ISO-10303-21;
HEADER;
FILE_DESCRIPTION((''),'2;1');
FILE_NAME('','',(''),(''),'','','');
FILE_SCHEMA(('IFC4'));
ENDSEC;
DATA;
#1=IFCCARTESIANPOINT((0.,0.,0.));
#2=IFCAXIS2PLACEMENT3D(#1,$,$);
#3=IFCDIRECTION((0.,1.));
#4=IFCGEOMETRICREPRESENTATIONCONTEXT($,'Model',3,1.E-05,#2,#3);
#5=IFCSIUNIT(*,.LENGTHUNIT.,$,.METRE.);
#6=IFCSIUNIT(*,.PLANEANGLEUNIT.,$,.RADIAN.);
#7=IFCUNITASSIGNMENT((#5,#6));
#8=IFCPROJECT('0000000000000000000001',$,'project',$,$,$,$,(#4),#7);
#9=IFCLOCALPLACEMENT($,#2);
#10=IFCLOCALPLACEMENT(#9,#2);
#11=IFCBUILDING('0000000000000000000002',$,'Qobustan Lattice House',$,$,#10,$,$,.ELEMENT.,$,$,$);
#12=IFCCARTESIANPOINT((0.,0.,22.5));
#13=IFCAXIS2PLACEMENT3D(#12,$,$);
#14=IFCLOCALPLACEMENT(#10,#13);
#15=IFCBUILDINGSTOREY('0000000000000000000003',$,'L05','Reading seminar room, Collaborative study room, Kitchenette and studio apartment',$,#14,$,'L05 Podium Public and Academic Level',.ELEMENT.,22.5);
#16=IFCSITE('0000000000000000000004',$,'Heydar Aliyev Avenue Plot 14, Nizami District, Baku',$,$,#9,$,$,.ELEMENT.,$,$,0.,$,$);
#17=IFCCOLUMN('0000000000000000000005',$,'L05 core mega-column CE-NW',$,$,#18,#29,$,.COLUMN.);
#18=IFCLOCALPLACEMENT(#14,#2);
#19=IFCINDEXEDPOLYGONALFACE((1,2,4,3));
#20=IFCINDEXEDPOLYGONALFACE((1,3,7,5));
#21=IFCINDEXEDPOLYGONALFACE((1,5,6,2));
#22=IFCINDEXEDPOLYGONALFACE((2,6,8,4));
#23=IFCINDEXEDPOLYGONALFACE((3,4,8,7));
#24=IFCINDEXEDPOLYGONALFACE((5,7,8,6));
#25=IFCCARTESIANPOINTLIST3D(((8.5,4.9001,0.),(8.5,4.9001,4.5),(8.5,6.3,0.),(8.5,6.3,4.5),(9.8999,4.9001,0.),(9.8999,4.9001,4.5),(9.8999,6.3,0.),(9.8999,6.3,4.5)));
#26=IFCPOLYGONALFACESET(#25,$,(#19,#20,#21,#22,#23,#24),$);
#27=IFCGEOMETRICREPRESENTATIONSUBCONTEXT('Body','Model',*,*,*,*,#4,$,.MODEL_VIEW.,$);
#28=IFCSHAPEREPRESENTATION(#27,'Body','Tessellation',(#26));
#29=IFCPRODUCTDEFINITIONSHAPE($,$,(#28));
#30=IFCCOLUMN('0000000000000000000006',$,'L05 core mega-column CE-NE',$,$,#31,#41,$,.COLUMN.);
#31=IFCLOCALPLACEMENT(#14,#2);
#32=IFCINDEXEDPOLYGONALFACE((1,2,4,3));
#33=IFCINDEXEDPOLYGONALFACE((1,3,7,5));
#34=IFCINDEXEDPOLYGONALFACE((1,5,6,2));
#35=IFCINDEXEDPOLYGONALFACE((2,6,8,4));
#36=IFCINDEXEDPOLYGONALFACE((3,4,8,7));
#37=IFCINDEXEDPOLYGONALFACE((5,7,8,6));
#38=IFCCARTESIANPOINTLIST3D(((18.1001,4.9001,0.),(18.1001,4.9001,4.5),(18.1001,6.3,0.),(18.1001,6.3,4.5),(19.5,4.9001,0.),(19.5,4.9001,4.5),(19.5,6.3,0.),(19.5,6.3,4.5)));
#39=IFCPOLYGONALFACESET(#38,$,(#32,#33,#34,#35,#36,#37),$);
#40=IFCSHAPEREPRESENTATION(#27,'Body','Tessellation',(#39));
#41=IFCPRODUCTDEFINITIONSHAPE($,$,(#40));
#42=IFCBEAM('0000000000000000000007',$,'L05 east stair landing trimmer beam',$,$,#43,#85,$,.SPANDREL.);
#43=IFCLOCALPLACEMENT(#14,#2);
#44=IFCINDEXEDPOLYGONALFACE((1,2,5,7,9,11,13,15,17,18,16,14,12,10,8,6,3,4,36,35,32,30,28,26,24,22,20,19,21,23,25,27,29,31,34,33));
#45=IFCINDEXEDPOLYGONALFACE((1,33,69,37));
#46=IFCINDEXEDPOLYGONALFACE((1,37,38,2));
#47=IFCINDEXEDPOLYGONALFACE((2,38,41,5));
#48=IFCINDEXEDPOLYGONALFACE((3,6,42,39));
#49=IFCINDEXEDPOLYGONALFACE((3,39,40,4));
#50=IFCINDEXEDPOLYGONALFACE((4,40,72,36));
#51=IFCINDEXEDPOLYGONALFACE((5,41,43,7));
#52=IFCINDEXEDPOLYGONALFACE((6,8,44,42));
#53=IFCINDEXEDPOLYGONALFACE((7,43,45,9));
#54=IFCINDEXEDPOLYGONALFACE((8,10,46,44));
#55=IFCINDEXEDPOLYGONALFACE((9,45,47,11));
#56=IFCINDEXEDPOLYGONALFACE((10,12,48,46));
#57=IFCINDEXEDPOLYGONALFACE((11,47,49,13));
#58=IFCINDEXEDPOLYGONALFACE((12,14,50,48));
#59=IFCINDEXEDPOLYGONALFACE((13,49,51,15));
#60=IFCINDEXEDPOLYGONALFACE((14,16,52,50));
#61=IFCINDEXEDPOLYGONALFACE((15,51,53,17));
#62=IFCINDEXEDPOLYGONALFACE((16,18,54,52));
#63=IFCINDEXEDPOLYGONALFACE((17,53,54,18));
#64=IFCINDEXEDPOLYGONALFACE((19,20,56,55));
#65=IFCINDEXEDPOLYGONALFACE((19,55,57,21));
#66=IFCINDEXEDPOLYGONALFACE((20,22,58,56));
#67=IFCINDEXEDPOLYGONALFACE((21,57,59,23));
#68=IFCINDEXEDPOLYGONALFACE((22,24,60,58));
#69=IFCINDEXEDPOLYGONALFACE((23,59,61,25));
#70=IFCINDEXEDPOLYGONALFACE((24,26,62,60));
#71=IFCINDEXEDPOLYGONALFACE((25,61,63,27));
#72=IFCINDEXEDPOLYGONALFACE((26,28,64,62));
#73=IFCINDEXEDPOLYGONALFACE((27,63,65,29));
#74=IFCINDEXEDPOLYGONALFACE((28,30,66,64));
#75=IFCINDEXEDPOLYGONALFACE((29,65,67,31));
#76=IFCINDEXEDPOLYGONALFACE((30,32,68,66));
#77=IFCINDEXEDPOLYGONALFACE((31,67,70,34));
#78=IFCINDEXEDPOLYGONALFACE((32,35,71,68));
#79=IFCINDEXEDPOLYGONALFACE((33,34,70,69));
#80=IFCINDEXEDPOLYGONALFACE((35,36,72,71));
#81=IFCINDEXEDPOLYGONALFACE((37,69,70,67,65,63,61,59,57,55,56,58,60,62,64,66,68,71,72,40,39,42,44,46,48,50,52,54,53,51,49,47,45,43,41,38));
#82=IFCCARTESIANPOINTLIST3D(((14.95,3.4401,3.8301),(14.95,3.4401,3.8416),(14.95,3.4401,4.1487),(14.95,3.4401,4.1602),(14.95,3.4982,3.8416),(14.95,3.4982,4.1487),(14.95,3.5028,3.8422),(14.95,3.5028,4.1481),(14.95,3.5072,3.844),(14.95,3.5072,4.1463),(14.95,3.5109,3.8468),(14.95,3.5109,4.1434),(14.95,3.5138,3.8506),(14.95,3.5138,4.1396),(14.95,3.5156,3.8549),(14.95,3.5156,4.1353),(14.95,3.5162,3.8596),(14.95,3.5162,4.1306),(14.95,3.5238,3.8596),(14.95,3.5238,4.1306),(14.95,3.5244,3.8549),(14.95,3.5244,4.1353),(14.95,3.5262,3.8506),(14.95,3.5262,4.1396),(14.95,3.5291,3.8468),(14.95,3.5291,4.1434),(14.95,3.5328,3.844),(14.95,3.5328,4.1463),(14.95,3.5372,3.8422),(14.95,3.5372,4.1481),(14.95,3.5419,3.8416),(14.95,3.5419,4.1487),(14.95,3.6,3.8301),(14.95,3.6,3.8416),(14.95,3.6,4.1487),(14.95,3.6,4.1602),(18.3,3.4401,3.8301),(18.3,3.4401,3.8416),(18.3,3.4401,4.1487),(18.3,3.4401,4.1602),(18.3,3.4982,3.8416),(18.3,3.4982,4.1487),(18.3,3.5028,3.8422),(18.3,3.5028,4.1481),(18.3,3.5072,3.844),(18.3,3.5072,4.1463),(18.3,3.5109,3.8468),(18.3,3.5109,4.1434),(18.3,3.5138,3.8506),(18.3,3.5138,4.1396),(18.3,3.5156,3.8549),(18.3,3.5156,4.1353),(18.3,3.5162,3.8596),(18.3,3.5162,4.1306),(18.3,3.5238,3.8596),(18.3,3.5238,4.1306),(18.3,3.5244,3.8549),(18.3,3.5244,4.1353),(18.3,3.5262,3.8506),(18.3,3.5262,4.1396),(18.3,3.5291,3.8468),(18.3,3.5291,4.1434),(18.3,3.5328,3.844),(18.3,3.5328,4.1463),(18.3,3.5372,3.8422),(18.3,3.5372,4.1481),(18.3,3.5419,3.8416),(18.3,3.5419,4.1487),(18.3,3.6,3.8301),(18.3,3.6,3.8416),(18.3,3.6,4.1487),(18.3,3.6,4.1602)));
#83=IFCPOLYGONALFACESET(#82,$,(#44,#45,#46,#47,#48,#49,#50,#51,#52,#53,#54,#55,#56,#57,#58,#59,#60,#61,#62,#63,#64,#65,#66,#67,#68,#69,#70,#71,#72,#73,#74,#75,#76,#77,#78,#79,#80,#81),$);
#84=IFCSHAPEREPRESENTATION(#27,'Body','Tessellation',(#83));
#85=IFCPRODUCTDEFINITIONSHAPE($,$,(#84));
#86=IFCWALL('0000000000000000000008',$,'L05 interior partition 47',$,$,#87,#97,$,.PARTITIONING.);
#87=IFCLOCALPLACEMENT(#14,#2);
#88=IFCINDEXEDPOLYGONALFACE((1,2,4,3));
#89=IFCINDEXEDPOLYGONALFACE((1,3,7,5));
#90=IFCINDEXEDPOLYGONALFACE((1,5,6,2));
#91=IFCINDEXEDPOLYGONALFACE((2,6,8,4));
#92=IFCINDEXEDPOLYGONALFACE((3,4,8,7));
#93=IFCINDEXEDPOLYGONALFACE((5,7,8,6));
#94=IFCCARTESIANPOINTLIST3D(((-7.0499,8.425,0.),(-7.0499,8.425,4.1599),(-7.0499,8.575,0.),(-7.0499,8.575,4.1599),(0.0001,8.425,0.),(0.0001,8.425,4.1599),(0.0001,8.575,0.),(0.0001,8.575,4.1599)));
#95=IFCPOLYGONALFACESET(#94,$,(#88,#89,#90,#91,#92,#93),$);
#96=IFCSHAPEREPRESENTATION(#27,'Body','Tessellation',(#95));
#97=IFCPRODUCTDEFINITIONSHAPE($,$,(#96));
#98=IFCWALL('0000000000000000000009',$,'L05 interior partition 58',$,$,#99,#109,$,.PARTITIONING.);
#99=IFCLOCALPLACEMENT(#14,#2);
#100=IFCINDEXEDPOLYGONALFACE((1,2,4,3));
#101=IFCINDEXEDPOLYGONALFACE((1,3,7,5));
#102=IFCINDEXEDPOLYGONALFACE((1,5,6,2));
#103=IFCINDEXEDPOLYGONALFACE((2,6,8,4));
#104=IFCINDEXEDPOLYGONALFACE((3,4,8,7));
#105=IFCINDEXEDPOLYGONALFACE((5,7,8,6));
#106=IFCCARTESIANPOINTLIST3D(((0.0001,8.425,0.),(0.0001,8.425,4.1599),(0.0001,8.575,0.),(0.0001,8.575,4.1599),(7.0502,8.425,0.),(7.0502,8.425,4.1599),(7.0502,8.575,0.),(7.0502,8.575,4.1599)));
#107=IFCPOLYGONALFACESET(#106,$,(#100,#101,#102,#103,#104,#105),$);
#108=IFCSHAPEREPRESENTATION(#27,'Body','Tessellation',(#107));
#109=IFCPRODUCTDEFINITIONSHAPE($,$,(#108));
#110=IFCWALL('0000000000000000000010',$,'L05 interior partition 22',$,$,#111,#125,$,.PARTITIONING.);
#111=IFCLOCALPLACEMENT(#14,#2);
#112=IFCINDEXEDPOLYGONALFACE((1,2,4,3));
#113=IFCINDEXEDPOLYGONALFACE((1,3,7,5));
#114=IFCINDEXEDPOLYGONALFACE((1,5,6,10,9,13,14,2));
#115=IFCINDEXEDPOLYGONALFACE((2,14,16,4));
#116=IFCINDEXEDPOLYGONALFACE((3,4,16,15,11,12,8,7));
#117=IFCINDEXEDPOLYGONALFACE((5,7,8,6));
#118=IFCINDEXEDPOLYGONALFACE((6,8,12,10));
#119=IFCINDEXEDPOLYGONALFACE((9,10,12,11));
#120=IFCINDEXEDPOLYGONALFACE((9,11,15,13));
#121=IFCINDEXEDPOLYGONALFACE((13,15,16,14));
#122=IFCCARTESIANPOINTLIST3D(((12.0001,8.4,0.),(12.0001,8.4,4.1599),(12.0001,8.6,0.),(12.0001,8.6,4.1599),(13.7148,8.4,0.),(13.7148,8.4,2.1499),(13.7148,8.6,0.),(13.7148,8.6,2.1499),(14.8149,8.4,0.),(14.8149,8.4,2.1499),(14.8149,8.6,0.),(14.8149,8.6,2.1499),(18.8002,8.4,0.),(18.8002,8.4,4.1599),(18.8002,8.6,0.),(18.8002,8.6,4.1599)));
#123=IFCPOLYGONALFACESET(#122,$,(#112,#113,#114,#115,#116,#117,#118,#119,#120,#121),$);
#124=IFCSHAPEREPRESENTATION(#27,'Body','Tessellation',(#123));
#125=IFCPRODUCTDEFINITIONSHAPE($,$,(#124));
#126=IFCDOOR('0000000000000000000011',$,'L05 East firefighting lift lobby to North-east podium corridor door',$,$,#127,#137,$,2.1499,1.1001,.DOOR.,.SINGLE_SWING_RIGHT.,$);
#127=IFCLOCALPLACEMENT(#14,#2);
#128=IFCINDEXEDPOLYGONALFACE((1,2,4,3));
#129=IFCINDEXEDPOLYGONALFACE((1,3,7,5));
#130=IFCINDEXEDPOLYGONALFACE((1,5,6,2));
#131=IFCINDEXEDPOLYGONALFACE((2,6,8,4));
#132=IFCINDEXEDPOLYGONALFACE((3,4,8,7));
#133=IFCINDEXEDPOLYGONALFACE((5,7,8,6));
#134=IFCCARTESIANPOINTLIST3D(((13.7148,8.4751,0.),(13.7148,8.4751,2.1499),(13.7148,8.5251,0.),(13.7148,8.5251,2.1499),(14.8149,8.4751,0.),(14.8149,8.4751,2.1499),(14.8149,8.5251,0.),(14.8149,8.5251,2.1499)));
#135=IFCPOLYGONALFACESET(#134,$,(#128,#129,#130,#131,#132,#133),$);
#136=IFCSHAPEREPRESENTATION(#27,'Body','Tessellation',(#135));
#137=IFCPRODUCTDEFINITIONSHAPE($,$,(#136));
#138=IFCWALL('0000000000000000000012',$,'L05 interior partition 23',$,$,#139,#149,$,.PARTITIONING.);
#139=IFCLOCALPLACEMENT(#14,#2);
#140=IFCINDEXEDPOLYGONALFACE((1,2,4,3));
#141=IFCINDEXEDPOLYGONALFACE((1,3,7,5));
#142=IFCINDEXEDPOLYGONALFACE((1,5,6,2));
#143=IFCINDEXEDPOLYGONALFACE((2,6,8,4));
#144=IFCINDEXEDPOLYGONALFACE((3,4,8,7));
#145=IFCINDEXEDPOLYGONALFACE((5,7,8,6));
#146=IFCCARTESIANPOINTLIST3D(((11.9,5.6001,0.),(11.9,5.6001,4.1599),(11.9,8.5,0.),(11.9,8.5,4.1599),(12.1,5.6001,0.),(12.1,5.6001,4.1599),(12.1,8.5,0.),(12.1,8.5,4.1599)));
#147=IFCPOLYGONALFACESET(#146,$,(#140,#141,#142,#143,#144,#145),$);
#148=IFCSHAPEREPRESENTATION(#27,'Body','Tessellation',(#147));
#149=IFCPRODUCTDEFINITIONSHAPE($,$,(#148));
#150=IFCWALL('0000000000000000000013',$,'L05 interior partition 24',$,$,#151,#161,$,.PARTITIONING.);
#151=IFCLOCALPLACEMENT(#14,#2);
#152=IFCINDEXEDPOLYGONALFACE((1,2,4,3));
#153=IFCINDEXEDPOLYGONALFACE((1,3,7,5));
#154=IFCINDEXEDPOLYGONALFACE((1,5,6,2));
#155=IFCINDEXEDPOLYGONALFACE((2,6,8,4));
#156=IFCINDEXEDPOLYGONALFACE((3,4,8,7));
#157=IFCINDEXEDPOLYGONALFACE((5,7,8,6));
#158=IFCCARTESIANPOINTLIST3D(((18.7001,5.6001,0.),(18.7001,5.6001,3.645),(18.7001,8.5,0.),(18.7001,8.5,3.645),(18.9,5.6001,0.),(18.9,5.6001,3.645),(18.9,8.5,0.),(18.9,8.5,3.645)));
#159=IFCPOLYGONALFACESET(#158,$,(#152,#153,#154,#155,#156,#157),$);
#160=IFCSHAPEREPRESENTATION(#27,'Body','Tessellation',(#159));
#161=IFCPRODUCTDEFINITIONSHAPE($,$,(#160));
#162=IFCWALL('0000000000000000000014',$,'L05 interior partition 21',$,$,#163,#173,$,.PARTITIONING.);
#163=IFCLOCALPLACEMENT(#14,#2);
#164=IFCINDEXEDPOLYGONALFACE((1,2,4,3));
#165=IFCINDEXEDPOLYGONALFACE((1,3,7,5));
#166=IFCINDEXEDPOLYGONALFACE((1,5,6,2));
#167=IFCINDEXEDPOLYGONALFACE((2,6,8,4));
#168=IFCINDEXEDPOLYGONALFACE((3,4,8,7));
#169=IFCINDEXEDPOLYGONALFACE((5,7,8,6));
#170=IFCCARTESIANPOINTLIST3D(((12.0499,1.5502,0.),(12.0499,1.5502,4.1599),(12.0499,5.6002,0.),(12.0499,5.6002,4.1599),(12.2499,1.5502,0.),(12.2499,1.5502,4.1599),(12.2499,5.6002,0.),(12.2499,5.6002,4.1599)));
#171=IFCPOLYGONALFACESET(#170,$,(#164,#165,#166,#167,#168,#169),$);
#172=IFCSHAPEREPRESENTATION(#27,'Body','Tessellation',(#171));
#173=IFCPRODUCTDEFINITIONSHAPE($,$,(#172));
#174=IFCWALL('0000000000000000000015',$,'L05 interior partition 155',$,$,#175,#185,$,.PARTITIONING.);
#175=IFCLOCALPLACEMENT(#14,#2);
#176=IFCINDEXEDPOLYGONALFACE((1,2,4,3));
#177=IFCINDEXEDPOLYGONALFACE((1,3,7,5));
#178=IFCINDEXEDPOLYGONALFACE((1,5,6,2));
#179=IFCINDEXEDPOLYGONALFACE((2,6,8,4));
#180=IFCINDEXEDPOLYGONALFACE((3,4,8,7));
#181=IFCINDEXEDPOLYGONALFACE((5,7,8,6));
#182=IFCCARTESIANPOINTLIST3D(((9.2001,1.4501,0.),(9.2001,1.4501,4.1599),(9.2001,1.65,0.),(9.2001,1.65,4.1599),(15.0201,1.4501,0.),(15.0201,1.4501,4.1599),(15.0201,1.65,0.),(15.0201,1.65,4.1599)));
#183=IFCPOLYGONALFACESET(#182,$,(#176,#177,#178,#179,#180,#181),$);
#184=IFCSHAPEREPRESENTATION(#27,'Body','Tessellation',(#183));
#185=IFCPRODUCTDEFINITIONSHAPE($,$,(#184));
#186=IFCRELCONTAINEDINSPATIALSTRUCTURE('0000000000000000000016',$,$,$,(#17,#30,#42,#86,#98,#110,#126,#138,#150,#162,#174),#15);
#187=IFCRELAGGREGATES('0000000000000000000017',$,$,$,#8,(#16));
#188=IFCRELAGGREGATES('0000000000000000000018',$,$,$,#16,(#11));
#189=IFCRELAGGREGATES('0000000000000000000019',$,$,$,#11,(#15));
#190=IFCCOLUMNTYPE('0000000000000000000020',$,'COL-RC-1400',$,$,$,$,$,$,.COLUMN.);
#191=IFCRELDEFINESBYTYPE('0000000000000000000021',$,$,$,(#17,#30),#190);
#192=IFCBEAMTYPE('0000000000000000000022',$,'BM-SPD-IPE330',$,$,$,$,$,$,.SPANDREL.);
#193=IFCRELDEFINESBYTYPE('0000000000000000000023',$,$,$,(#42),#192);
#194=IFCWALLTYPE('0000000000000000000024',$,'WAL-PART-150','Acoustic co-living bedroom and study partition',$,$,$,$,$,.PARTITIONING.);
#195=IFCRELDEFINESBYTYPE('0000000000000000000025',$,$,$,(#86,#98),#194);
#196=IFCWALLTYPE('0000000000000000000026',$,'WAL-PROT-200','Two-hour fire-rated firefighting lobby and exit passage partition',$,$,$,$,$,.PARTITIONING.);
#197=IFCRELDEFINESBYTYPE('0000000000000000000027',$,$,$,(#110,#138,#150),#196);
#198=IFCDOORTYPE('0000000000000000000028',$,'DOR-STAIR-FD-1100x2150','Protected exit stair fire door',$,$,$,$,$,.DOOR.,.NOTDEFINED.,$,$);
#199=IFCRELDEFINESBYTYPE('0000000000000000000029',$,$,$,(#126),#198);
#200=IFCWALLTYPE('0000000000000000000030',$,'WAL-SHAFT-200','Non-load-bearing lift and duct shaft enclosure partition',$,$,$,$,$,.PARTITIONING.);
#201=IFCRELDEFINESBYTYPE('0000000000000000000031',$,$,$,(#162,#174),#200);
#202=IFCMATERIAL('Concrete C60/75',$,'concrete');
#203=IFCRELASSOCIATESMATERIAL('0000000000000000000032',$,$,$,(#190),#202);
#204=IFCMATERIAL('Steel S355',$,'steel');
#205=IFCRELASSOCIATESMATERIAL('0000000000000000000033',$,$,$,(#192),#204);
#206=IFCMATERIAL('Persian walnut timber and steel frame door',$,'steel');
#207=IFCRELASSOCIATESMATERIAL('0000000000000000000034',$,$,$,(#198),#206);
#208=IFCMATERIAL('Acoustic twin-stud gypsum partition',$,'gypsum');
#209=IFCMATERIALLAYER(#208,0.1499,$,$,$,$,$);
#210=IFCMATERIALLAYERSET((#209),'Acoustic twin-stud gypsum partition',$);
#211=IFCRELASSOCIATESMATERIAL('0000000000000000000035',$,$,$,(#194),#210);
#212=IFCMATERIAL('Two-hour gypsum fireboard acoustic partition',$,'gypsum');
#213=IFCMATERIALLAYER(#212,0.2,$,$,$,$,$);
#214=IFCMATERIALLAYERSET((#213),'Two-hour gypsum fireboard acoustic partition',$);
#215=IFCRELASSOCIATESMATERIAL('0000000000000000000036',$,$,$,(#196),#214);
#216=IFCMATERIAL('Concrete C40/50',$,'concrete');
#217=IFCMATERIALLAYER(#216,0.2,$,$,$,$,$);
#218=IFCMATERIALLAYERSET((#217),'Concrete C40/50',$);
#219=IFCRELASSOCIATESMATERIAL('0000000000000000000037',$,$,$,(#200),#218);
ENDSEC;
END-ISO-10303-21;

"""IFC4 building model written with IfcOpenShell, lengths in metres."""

from ifc_helpers import new_model, si_unit, direction, frame, frame_2d, origin, origin_2d, place, context, subcontext, project, spatial, rectangle, i_section, extrude, material, layer, layer_set, material_profile, profile_set, type_object, element, fill, save


model = new_model("IFC4")

# Units and contexts
model_context = context("Model", 3, precision=1e-05, world=origin(), true_north=direction((0.0, 1.0)))
body_context = subcontext(model_context, "Body", "Model", "MODEL_VIEW")
ifc_project = project(units=[si_unit("LENGTHUNIT", "METRE"), si_unit("PLANEANGLEUNIT", "RADIAN")], contexts=[model_context])

# Site, building, storey
site_placement = place(None, origin())
site = spatial("IfcSite", under=ifc_project, at=site_placement, Name="Heydar Aliyev Avenue Plot 14, Nizami District, Baku", CompositionType="ELEMENT", RefElevation=0.0)
building_placement = place(site_placement, origin())
building = spatial("IfcBuilding", under=site, at=building_placement, Name="Qobustan Lattice House", CompositionType="ELEMENT")
storey_placement = place(building_placement, frame((0.0, 0.0, 22.5)))
storey = spatial("IfcBuildingStorey", under=building, at=storey_placement, Name="L05", Description="Reading seminar room, Collaborative study room, Kitchenette and studio apartment", LongName="L05 Podium Public and Academic Level", CompositionType="ELEMENT", Elevation=22.5)

# Columns
ifc_material_1 = material(Name="Concrete C60/75", Category="concrete")
ifc_material_profile_1 = material_profile(ifc_material_1, rectangle(XDim=1.3999, YDim=1.3999, at=origin_2d()), Name="RC1400x1400")
ifc_profile_set_1 = profile_set([ifc_material_profile_1], Name="Concrete C60/75")
column_type = type_object("IfcColumnType", Name="COL-RC-1400", PredefinedType="COLUMN", material=ifc_profile_set_1)
for number, where, z_axis, x_axis, name in (
    (1, (9.2, 5.6001, 0.0), (0.0, 0.0, 1.0), (1.0, 0.0, 0.0), "L05 core mega-column CE-NW"),
    (2, (18.8, 5.6001, 0.0), (0.0, 0.0, 1.0), (1.0, 0.0, 0.0), "L05 core mega-column CE-NE"),
):
    element("IfcColumn", number, at=place(storey_placement, frame(where, z_axis=z_axis, x_axis=x_axis)), inside=storey, type_object=column_type, Name=name, PredefinedType="COLUMN", context=body_context, shape_type="SweptSolid", body=[
        extrude(rectangle(XDim=1.3999, YDim=1.3999, at=origin_2d()), origin(), (0.0, 0.0, 1.0), 4.5),
    ])

# Beam
ifc_material_2 = material(Name="Steel S355", Category="steel")
ifc_material_profile_2 = material_profile(ifc_material_2, i_section(OverallWidth=0.1599, OverallDepth=0.3301, WebThickness=0.0076, FlangeThickness=0.0115, FilletRadius=0.0181, at=origin_2d()), Name="IPE330")
ifc_profile_set_2 = profile_set([ifc_material_profile_2], Name="Steel S355")
beam_type = type_object("IfcBeamType", Name="BM-SPD-IPE330", PredefinedType="SPANDREL", material=ifc_profile_set_2)
beam_placement = place(storey_placement, frame((14.95, 3.52, 3.9951), z_axis=(1.0, 0.0, 0.0), x_axis=(0.0, 1.0, 0.0)))
element("IfcBeam", 3, at=beam_placement, inside=storey, type_object=beam_type, Name="L05 east stair landing trimmer beam", PredefinedType="SPANDREL", context=body_context, shape_type="SweptSolid", body=[
    extrude(i_section(OverallWidth=0.1599, OverallDepth=0.3301, WebThickness=0.0076, FlangeThickness=0.0115, FilletRadius=0.0181, at=origin_2d()), origin(), (0.0, 0.0, 1.0), 3.3501),
])

# Shared definitions
ifc_material_3 = material(Name="Persian walnut timber and steel frame door", Category="steel")
door_type_1 = type_object("IfcDoorType", Name="DOR-STAIR-FD-1100x2150", Description="Protected exit stair fire door", OperationType="NOTDEFINED", PredefinedType="DOOR", material=ifc_material_3)

# Walls
ifc_material_4 = material(Name="Acoustic twin-stud gypsum partition", Category="gypsum")
ifc_layer_1 = layer(ifc_material_4, 0.1499)
ifc_layer_set_1 = layer_set([ifc_layer_1], Name="Acoustic twin-stud gypsum partition")
wall_type_1 = type_object("IfcWallType", Name="WAL-PART-150", Description="Acoustic co-living bedroom and study partition", PredefinedType="PARTITIONING", material=ifc_layer_set_1)
for number, where, z_axis, x_axis, name in (
    (4, (0.0, 8.5, 0.0), (0.0, 0.0, 1.0), (-1.0, 0.0, 0.0), "L05 interior partition 47"),
    (5, (7.05, 8.5, 0.0), (0.0, 0.0, 1.0), (-1.0, 0.0, 0.0), "L05 interior partition 58"),
):
    element("IfcWall", number, at=place(storey_placement, frame(where, z_axis=z_axis, x_axis=x_axis)), inside=storey, type_object=wall_type_1, Name=name, PredefinedType="PARTITIONING", context=body_context, shape_type="SweptSolid", body=[
        extrude(rectangle(XDim=7.05, YDim=0.1499, at=frame_2d((3.5249, 0.0))), origin(), (0.0, 0.0, 1.0), 4.1599),
    ])

# Wall, opening, door
ifc_material_5 = material(Name="Two-hour gypsum fireboard acoustic partition", Category="gypsum")
ifc_layer_2 = layer(ifc_material_5, 0.2)
ifc_layer_set_2 = layer_set([ifc_layer_2], Name="Two-hour gypsum fireboard acoustic partition")
wall_type_2 = type_object("IfcWallType", Name="WAL-PROT-200", Description="Two-hour fire-rated firefighting lobby and exit passage partition", PredefinedType="PARTITIONING", material=ifc_layer_set_2)
wall_1_placement = place(storey_placement, frame((18.8, 8.5, 0.0), z_axis=(0.0, 0.0, 1.0), x_axis=(-1.0, 0.0, 0.0)))
wall_1 = element("IfcWall", 6, at=wall_1_placement, inside=storey, type_object=wall_type_2, Name="L05 interior partition 22", PredefinedType="PARTITIONING", context=body_context, shape_type="SweptSolid", body=[
    extrude(rectangle(XDim=6.8, YDim=0.2, at=frame_2d((3.3999, 0.0))), origin(), (0.0, 0.0, 1.0), 4.1599),
])
opening_1_placement = place(wall_1_placement, frame((3.9851, 0.0, 0.0)))
opening_1 = element("IfcOpeningElement", 7, at=opening_1_placement, cuts=wall_1, PredefinedType="OPENING", context=body_context, shape_type="SweptSolid", body=[
    extrude(rectangle(XDim=1.1001, YDim=2.1499, at=frame_2d((0.55, 1.075))), frame((0.0, 0.1099, 0.0), z_axis=(0.0, -1.0, 0.0), x_axis=(1.0, 0.0, 0.0)), (0.0, 0.0, 1.0), 0.22),
])
door_1_placement = place(opening_1_placement, origin())
door_1 = element("IfcDoor", 8, at=door_1_placement, inside=storey, type_object=door_type_1, Name="L05 East firefighting lift lobby to North-east podium corridor door", OperationType="SINGLE_SWING_RIGHT", OverallHeight=2.1499, OverallWidth=1.1001, PredefinedType="DOOR", context=body_context, shape_type="SweptSolid", body=[
    extrude(rectangle(XDim=1.1001, YDim=2.1499, at=frame_2d((0.55, 1.075))), frame((0.0, 0.0249, 0.0), z_axis=(0.0, -1.0, 0.0), x_axis=(1.0, 0.0, 0.0)), (0.0, 0.0, 1.0), 0.05),
])
fill(opening_1, door_1)

# Walls
wall_2_placement = place(storey_placement, frame((12.0, 8.5, 0.0), z_axis=(0.0, 0.0, 1.0), x_axis=(0.0, -1.0, 0.0)))
element("IfcWall", 9, at=wall_2_placement, inside=storey, type_object=wall_type_2, Name="L05 interior partition 23", PredefinedType="PARTITIONING", context=body_context, shape_type="SweptSolid", body=[
    extrude(rectangle(XDim=2.8999, YDim=0.2, at=frame_2d((1.45, 0.0))), origin(), (0.0, 0.0, 1.0), 4.1599),
])
wall_3_placement = place(storey_placement, frame((18.8, 5.6001, 0.0), z_axis=(0.0, 0.0, 1.0), x_axis=(0.0, 1.0, 0.0)))
element("IfcWall", 10, at=wall_3_placement, inside=storey, type_object=wall_type_2, Name="L05 interior partition 24", PredefinedType="PARTITIONING", context=body_context, shape_type="SweptSolid", body=[
    extrude(rectangle(XDim=2.8999, YDim=0.2, at=frame_2d((1.45, 0.0))), origin(), (0.0, 0.0, 1.0), 3.645),
])
ifc_material_6 = material(Name="Concrete C40/50", Category="concrete")
ifc_layer_3 = layer(ifc_material_6, 0.2)
ifc_layer_set_3 = layer_set([ifc_layer_3], Name="Concrete C40/50")
wall_type_3 = type_object("IfcWallType", Name="WAL-SHAFT-200", Description="Non-load-bearing lift and duct shaft enclosure partition", PredefinedType="PARTITIONING", material=ifc_layer_set_3)
wall_4_placement = place(storey_placement, frame((12.1499, 5.6001, 0.0), z_axis=(0.0, 0.0, 1.0), x_axis=(0.0, -1.0, 0.0)))
element("IfcWall", 11, at=wall_4_placement, inside=storey, type_object=wall_type_3, Name="L05 interior partition 21", PredefinedType="PARTITIONING", context=body_context, shape_type="SweptSolid", body=[
    extrude(rectangle(XDim=4.05, YDim=0.2, at=frame_2d((2.0249, 0.0))), origin(), (0.0, 0.0, 1.0), 4.1599),
])
wall_5_placement = place(storey_placement, frame((9.2, 1.55, 0.0), z_axis=(0.0, 0.0, 1.0), x_axis=(1.0, 0.0, 0.0)))
element("IfcWall", 12, at=wall_5_placement, inside=storey, type_object=wall_type_3, Name="L05 interior partition 155", PredefinedType="PARTITIONING", context=body_context, shape_type="SweptSolid", body=[
    extrude(rectangle(XDim=5.8201, YDim=0.2, at=frame_2d((2.9102, 0.0))), origin(), (0.0, 0.0, 1.0), 4.1599),
])

save(model, "model.ifc")
